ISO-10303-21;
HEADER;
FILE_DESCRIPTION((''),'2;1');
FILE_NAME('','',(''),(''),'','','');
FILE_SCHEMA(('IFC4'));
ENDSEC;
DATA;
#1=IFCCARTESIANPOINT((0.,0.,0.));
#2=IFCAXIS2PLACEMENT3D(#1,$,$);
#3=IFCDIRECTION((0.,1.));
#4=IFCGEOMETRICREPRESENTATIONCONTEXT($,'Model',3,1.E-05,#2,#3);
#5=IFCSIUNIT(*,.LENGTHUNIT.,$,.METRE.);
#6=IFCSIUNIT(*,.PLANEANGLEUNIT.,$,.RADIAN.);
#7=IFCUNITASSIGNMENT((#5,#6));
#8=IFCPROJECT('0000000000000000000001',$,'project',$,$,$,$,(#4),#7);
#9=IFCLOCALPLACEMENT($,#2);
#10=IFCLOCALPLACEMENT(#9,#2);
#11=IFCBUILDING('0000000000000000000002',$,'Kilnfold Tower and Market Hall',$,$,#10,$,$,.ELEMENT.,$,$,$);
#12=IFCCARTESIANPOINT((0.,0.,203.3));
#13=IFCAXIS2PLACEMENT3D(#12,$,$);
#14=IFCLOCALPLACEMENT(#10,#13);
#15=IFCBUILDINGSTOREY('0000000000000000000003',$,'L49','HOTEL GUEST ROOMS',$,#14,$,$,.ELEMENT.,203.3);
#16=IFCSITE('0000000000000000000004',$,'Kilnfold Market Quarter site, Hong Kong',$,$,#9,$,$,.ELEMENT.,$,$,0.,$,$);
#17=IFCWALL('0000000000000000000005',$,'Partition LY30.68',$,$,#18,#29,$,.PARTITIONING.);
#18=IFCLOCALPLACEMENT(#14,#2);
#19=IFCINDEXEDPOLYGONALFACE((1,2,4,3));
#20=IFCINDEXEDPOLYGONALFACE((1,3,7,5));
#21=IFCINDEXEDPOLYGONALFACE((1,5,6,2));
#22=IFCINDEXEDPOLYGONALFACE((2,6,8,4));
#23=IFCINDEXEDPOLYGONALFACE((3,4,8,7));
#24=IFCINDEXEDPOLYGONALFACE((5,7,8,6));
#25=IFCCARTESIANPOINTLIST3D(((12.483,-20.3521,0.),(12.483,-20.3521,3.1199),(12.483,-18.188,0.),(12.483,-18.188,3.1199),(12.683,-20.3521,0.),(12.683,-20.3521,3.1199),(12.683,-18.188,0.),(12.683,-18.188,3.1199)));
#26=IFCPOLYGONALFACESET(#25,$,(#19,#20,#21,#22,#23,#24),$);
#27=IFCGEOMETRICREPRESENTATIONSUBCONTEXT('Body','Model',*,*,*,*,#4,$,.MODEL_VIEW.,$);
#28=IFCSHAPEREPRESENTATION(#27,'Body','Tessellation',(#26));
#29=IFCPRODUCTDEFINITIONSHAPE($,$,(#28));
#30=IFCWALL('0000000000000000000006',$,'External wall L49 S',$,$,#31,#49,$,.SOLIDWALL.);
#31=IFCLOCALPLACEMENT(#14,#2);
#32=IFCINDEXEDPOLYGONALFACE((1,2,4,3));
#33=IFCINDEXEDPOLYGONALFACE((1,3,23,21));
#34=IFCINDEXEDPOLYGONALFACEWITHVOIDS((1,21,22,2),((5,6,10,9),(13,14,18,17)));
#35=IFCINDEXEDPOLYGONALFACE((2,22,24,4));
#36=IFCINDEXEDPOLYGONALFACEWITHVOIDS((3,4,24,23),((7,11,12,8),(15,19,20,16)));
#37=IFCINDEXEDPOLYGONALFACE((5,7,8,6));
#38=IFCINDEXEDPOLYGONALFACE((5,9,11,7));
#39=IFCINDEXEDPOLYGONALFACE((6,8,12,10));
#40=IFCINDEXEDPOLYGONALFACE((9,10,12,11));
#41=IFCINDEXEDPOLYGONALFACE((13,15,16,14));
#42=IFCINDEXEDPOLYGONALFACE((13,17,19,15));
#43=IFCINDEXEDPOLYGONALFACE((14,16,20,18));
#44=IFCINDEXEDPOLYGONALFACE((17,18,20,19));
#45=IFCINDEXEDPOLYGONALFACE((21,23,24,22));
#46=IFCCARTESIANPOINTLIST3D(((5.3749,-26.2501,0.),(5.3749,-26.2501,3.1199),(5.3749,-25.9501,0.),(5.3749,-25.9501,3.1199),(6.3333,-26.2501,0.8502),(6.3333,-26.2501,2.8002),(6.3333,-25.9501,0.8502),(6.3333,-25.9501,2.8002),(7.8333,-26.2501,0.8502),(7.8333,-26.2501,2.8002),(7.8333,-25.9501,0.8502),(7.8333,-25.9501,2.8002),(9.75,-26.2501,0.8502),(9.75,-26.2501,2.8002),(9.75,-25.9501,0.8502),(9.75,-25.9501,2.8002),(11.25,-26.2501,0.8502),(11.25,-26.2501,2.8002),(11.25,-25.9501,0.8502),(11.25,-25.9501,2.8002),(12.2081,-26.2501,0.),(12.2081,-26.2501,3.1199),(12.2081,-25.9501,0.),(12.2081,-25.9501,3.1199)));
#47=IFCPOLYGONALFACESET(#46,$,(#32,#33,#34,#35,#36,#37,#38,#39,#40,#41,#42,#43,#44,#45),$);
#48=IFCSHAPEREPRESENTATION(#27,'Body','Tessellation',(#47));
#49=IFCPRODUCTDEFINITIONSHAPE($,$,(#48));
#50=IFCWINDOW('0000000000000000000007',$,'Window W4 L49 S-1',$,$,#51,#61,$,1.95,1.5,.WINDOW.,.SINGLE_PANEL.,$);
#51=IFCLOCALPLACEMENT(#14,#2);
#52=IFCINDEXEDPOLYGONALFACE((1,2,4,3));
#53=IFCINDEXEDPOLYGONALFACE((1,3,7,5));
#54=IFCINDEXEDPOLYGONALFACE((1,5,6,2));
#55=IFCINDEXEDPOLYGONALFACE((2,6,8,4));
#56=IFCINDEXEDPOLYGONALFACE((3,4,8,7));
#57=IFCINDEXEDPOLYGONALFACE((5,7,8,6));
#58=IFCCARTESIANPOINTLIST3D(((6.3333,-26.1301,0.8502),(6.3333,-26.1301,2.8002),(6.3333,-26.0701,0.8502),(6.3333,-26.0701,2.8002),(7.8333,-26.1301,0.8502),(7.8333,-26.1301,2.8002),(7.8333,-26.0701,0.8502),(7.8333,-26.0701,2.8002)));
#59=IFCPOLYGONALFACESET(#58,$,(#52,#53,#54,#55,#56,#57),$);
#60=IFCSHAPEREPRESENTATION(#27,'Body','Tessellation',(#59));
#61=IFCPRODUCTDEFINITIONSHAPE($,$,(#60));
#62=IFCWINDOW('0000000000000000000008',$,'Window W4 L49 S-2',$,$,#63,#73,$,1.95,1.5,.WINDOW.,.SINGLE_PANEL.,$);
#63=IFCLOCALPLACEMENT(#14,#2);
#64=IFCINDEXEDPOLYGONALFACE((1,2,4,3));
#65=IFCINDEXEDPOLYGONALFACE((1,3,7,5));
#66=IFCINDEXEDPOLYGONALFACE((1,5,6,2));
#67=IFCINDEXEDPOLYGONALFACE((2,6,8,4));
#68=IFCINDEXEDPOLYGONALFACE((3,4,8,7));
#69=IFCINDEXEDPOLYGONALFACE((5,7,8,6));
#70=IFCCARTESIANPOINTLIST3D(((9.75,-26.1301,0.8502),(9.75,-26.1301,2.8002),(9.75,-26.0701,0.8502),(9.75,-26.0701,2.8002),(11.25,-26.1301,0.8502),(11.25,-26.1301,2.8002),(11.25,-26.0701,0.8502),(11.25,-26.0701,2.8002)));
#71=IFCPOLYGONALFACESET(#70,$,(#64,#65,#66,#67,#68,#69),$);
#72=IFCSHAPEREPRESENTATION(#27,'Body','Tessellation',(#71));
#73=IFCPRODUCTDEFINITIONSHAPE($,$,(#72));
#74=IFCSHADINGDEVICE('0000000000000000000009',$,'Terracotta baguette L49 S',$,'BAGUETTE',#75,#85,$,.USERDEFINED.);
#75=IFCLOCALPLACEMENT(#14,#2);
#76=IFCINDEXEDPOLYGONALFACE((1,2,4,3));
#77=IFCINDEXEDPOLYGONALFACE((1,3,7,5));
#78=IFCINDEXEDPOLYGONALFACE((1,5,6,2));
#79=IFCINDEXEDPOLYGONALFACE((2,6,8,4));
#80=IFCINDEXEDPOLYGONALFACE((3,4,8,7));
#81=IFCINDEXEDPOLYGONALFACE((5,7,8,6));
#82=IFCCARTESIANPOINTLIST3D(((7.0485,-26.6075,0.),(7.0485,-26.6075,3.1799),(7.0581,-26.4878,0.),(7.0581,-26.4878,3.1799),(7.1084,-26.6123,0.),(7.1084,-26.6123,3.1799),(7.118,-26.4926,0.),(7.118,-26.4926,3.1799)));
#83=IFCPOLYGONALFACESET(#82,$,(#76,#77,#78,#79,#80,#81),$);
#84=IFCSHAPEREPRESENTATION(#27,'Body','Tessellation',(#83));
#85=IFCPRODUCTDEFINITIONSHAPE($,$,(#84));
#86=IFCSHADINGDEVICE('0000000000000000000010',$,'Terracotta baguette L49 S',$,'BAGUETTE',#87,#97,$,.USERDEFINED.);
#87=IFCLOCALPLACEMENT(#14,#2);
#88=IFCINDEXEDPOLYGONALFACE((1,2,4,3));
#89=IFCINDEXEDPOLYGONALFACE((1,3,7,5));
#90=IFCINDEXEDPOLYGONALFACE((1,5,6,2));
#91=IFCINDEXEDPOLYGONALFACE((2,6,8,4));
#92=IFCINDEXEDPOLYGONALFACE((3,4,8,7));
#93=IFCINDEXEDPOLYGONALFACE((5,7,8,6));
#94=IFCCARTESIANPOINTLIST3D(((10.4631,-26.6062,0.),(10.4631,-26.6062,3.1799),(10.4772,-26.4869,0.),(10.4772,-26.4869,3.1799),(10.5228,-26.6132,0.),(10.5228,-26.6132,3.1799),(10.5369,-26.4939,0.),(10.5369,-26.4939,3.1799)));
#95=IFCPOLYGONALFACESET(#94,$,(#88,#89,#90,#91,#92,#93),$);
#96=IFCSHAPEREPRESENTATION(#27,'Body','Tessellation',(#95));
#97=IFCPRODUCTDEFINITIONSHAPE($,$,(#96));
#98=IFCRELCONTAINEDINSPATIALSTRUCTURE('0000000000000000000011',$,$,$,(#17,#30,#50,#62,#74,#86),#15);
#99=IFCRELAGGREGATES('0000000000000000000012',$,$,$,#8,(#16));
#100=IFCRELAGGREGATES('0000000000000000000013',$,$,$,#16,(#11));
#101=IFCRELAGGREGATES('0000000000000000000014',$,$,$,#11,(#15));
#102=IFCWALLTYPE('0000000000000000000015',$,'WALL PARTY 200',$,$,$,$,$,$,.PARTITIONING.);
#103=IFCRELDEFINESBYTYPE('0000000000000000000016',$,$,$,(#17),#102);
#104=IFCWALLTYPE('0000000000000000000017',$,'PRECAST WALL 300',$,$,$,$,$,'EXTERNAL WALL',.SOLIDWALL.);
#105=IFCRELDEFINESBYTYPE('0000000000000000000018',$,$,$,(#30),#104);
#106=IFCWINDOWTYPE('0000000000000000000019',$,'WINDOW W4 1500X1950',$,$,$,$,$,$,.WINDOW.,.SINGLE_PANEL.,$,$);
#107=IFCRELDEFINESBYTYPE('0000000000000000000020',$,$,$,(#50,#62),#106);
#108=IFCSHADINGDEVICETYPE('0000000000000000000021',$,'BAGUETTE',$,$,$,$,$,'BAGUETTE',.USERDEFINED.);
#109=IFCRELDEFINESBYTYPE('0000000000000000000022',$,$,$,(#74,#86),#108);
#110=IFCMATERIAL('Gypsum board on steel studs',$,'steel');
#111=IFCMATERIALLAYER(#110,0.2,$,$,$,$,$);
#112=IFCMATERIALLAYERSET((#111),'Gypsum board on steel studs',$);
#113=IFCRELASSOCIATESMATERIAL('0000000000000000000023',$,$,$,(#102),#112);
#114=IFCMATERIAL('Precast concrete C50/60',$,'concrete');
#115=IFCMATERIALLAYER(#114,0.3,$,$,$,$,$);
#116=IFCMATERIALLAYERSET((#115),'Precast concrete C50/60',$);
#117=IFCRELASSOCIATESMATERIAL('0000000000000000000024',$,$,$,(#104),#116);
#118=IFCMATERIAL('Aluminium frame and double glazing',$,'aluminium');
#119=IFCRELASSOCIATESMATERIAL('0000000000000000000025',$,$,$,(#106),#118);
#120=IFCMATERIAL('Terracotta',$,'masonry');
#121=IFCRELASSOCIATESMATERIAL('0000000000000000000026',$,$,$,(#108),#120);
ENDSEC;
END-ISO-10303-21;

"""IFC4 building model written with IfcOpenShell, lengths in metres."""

from ifc_helpers import new_model, si_unit, direction, frame, frame_2d, origin, origin_2d, place, context, subcontext, project, spatial, rectangle, extrude, source, transform, mapped, material, layer, layer_set, material_profile, profile_set, type_object, element, fill, save


model = new_model("IFC4")

# Units and contexts
model_context = context("Model", 3, precision=1e-05, world=origin(), true_north=direction((0.0, 1.0)))
body_context = subcontext(model_context, "Body", "Model", "MODEL_VIEW")
ifc_project = project(units=[si_unit("LENGTHUNIT", "METRE"), si_unit("PLANEANGLEUNIT", "RADIAN")], contexts=[model_context])

# Site, building, storey
site_placement = place(None, origin())
site = spatial("IfcSite", under=ifc_project, at=site_placement, Name="Kilnfold Market Quarter site, Hong Kong", CompositionType="ELEMENT", RefElevation=0.0)
building_placement = place(site_placement, origin())
building = spatial("IfcBuilding", under=site, at=building_placement, Name="Kilnfold Tower and Market Hall", CompositionType="ELEMENT")
storey_placement = place(building_placement, frame((0.0, 0.0, 203.3)))
storey = spatial("IfcBuildingStorey", under=building, at=storey_placement, Name="L49", Description="HOTEL GUEST ROOMS", CompositionType="ELEMENT", Elevation=203.3)

# Wall
ifc_material_1 = material(Name="Gypsum board on steel studs", Category="steel")
ifc_layer_1 = layer(ifc_material_1, 0.2)
ifc_layer_set_1 = layer_set([ifc_layer_1], Name="Gypsum board on steel studs")
wall_type_1 = type_object("IfcWallType", Name="WALL PARTY 200", PredefinedType="PARTITIONING", material=ifc_layer_set_1)
wall_1_placement = place(storey_placement, frame((12.583, -20.3521, 0.0), z_axis=(0.0, 0.0, 1.0), x_axis=(0.0, 1.0, 0.0)))
element("IfcWall", 1, at=wall_1_placement, inside=storey, type_object=wall_type_1, Name="Partition LY30.68", PredefinedType="PARTITIONING", context=body_context, shape_type="SweptSolid", body=[
    extrude(rectangle(XDim=2.1641, YDim=0.2, at=frame_2d((1.082, 0.0))), origin(), (0.0, 0.0, 1.0), 3.1199),
])

# Wall, openings, windows
ifc_material_2 = material(Name="Precast concrete C50/60", Category="concrete")
ifc_layer_2 = layer(ifc_material_2, 0.3)
ifc_layer_set_2 = layer_set([ifc_layer_2], Name="Precast concrete C50/60")
wall_type_2 = type_object("IfcWallType", Name="PRECAST WALL 300", ElementType="EXTERNAL WALL", PredefinedType="SOLIDWALL", material=ifc_layer_set_2)
shared_shape_1 = source(origin(), body_context, "Body", "SweptSolid", [
    extrude(rectangle(XDim=6.8333, YDim=0.3, at=frame_2d((3.4165, 0.0))), origin(), (0.0, 0.0, 1.0), 3.1199),
])
wall_2_placement = place(storey_placement, frame((5.375, -26.1001, 0.0), z_axis=(0.0, 0.0, 1.0), x_axis=(1.0, 0.0, 0.0)))
wall_2 = element("IfcWall", 2, at=wall_2_placement, inside=storey, type_object=wall_type_2, Name="External wall L49 S", PredefinedType="SOLIDWALL", context=body_context, shape_type="MappedRepresentation", body=[
    mapped(shared_shape_1, transform((0.0, 0.0, 0.0))),
])
opening_1_placement = place(wall_2_placement, frame((0.9583, 0.0, 0.8501)))
opening_1 = element("IfcOpeningElement", 3, at=opening_1_placement, cuts=wall_2, PredefinedType="OPENING", context=body_context, shape_type="SweptSolid", body=[
    extrude(rectangle(XDim=1.5, YDim=1.95, at=frame_2d((0.75, 0.9751))), frame((0.0, 0.1602, 0.0), z_axis=(0.0, -1.0, 0.0), x_axis=(1.0, 0.0, 0.0)), (0.0, 0.0, 1.0), 0.3201),
])
opening_2_placement = place(wall_2_placement, frame((4.375, 0.0, 0.8501)))
opening_2 = element("IfcOpeningElement", 4, at=opening_2_placement, cuts=wall_2, PredefinedType="OPENING", context=body_context, shape_type="SweptSolid", body=[
    extrude(rectangle(XDim=1.5, YDim=1.95, at=frame_2d((0.75, 0.9751))), frame((0.0, 0.1602, 0.0), z_axis=(0.0, -1.0, 0.0), x_axis=(1.0, 0.0, 0.0)), (0.0, 0.0, 1.0), 0.3201),
])
ifc_material_3 = material(Name="Aluminium frame and double glazing", Category="aluminium")
window_type = type_object("IfcWindowType", Name="WINDOW W4 1500X1950", PartitioningType="SINGLE_PANEL", PredefinedType="WINDOW", material=ifc_material_3)
window_1_placement = place(opening_1_placement, origin())
window_1 = element("IfcWindow", 5, at=window_1_placement, inside=storey, type_object=window_type, Name="Window W4 L49 S-1", OverallHeight=1.95, OverallWidth=1.5, PartitioningType="SINGLE_PANEL", PredefinedType="WINDOW", context=body_context, shape_type="SweptSolid", body=[
    extrude(rectangle(XDim=1.5, YDim=1.95, at=frame_2d((0.75, 0.9751))), frame((0.0, 0.03, 0.0), z_axis=(0.0, -1.0, 0.0), x_axis=(1.0, 0.0, 0.0)), (0.0, 0.0, 1.0), 0.0601),
])
fill(opening_1, window_1)
window_2_placement = place(opening_2_placement, origin())
window_2 = element("IfcWindow", 6, at=window_2_placement, inside=storey, type_object=window_type, Name="Window W4 L49 S-2", OverallHeight=1.95, OverallWidth=1.5, PartitioningType="SINGLE_PANEL", PredefinedType="WINDOW", context=body_context, shape_type="SweptSolid", body=[
    extrude(rectangle(XDim=1.5, YDim=1.95, at=frame_2d((0.75, 0.9751))), frame((0.0, 0.03, 0.0), z_axis=(0.0, -1.0, 0.0), x_axis=(1.0, 0.0, 0.0)), (0.0, 0.0, 1.0), 0.0601),
])
fill(opening_2, window_2)

# Shading devices
ifc_material_4 = material(Name="Terracotta", Category="masonry")
ifc_material_profile_1 = material_profile(ifc_material_4, rectangle(XDim=0.0601, YDim=0.1201, at=origin_2d()), Name="BAG 60x120")
ifc_profile_set_1 = profile_set([ifc_material_profile_1], Name="Terracotta")
shading_device_type = type_object("IfcShadingDeviceType", Name="BAGUETTE", ElementType="BAGUETTE", PredefinedType="USERDEFINED", material=ifc_profile_set_1)
shared_shape_2 = source(origin(), body_context, "Body", "SweptSolid", [
    extrude(rectangle(XDim=0.0601, YDim=0.1201, at=origin_2d()), origin(), (0.0, 0.0, 1.0), 3.1799),
])
for number, where, z_axis, x_axis, name in (
    (7, (7.0833, -26.55, 0.0), (0.0, 0.0, 1.0), (0.996818, -0.079707, 0.0), "Terracotta baguette L49 S"),
    (8, (10.5, -26.55, 0.0), (0.0, 0.0, 1.0), (0.993107, -0.117215, 0.0), "Terracotta baguette L49 S"),
):
    element("IfcShadingDevice", number, at=place(storey_placement, frame(where, z_axis=z_axis, x_axis=x_axis)), inside=storey, type_object=shading_device_type, Name=name, ObjectType="BAGUETTE", PredefinedType="USERDEFINED", context=body_context, shape_type="MappedRepresentation", body=[
        mapped(shared_shape_2, transform((0.0, 0.0, 0.0))),
    ])

save(model, "model.ifc")
